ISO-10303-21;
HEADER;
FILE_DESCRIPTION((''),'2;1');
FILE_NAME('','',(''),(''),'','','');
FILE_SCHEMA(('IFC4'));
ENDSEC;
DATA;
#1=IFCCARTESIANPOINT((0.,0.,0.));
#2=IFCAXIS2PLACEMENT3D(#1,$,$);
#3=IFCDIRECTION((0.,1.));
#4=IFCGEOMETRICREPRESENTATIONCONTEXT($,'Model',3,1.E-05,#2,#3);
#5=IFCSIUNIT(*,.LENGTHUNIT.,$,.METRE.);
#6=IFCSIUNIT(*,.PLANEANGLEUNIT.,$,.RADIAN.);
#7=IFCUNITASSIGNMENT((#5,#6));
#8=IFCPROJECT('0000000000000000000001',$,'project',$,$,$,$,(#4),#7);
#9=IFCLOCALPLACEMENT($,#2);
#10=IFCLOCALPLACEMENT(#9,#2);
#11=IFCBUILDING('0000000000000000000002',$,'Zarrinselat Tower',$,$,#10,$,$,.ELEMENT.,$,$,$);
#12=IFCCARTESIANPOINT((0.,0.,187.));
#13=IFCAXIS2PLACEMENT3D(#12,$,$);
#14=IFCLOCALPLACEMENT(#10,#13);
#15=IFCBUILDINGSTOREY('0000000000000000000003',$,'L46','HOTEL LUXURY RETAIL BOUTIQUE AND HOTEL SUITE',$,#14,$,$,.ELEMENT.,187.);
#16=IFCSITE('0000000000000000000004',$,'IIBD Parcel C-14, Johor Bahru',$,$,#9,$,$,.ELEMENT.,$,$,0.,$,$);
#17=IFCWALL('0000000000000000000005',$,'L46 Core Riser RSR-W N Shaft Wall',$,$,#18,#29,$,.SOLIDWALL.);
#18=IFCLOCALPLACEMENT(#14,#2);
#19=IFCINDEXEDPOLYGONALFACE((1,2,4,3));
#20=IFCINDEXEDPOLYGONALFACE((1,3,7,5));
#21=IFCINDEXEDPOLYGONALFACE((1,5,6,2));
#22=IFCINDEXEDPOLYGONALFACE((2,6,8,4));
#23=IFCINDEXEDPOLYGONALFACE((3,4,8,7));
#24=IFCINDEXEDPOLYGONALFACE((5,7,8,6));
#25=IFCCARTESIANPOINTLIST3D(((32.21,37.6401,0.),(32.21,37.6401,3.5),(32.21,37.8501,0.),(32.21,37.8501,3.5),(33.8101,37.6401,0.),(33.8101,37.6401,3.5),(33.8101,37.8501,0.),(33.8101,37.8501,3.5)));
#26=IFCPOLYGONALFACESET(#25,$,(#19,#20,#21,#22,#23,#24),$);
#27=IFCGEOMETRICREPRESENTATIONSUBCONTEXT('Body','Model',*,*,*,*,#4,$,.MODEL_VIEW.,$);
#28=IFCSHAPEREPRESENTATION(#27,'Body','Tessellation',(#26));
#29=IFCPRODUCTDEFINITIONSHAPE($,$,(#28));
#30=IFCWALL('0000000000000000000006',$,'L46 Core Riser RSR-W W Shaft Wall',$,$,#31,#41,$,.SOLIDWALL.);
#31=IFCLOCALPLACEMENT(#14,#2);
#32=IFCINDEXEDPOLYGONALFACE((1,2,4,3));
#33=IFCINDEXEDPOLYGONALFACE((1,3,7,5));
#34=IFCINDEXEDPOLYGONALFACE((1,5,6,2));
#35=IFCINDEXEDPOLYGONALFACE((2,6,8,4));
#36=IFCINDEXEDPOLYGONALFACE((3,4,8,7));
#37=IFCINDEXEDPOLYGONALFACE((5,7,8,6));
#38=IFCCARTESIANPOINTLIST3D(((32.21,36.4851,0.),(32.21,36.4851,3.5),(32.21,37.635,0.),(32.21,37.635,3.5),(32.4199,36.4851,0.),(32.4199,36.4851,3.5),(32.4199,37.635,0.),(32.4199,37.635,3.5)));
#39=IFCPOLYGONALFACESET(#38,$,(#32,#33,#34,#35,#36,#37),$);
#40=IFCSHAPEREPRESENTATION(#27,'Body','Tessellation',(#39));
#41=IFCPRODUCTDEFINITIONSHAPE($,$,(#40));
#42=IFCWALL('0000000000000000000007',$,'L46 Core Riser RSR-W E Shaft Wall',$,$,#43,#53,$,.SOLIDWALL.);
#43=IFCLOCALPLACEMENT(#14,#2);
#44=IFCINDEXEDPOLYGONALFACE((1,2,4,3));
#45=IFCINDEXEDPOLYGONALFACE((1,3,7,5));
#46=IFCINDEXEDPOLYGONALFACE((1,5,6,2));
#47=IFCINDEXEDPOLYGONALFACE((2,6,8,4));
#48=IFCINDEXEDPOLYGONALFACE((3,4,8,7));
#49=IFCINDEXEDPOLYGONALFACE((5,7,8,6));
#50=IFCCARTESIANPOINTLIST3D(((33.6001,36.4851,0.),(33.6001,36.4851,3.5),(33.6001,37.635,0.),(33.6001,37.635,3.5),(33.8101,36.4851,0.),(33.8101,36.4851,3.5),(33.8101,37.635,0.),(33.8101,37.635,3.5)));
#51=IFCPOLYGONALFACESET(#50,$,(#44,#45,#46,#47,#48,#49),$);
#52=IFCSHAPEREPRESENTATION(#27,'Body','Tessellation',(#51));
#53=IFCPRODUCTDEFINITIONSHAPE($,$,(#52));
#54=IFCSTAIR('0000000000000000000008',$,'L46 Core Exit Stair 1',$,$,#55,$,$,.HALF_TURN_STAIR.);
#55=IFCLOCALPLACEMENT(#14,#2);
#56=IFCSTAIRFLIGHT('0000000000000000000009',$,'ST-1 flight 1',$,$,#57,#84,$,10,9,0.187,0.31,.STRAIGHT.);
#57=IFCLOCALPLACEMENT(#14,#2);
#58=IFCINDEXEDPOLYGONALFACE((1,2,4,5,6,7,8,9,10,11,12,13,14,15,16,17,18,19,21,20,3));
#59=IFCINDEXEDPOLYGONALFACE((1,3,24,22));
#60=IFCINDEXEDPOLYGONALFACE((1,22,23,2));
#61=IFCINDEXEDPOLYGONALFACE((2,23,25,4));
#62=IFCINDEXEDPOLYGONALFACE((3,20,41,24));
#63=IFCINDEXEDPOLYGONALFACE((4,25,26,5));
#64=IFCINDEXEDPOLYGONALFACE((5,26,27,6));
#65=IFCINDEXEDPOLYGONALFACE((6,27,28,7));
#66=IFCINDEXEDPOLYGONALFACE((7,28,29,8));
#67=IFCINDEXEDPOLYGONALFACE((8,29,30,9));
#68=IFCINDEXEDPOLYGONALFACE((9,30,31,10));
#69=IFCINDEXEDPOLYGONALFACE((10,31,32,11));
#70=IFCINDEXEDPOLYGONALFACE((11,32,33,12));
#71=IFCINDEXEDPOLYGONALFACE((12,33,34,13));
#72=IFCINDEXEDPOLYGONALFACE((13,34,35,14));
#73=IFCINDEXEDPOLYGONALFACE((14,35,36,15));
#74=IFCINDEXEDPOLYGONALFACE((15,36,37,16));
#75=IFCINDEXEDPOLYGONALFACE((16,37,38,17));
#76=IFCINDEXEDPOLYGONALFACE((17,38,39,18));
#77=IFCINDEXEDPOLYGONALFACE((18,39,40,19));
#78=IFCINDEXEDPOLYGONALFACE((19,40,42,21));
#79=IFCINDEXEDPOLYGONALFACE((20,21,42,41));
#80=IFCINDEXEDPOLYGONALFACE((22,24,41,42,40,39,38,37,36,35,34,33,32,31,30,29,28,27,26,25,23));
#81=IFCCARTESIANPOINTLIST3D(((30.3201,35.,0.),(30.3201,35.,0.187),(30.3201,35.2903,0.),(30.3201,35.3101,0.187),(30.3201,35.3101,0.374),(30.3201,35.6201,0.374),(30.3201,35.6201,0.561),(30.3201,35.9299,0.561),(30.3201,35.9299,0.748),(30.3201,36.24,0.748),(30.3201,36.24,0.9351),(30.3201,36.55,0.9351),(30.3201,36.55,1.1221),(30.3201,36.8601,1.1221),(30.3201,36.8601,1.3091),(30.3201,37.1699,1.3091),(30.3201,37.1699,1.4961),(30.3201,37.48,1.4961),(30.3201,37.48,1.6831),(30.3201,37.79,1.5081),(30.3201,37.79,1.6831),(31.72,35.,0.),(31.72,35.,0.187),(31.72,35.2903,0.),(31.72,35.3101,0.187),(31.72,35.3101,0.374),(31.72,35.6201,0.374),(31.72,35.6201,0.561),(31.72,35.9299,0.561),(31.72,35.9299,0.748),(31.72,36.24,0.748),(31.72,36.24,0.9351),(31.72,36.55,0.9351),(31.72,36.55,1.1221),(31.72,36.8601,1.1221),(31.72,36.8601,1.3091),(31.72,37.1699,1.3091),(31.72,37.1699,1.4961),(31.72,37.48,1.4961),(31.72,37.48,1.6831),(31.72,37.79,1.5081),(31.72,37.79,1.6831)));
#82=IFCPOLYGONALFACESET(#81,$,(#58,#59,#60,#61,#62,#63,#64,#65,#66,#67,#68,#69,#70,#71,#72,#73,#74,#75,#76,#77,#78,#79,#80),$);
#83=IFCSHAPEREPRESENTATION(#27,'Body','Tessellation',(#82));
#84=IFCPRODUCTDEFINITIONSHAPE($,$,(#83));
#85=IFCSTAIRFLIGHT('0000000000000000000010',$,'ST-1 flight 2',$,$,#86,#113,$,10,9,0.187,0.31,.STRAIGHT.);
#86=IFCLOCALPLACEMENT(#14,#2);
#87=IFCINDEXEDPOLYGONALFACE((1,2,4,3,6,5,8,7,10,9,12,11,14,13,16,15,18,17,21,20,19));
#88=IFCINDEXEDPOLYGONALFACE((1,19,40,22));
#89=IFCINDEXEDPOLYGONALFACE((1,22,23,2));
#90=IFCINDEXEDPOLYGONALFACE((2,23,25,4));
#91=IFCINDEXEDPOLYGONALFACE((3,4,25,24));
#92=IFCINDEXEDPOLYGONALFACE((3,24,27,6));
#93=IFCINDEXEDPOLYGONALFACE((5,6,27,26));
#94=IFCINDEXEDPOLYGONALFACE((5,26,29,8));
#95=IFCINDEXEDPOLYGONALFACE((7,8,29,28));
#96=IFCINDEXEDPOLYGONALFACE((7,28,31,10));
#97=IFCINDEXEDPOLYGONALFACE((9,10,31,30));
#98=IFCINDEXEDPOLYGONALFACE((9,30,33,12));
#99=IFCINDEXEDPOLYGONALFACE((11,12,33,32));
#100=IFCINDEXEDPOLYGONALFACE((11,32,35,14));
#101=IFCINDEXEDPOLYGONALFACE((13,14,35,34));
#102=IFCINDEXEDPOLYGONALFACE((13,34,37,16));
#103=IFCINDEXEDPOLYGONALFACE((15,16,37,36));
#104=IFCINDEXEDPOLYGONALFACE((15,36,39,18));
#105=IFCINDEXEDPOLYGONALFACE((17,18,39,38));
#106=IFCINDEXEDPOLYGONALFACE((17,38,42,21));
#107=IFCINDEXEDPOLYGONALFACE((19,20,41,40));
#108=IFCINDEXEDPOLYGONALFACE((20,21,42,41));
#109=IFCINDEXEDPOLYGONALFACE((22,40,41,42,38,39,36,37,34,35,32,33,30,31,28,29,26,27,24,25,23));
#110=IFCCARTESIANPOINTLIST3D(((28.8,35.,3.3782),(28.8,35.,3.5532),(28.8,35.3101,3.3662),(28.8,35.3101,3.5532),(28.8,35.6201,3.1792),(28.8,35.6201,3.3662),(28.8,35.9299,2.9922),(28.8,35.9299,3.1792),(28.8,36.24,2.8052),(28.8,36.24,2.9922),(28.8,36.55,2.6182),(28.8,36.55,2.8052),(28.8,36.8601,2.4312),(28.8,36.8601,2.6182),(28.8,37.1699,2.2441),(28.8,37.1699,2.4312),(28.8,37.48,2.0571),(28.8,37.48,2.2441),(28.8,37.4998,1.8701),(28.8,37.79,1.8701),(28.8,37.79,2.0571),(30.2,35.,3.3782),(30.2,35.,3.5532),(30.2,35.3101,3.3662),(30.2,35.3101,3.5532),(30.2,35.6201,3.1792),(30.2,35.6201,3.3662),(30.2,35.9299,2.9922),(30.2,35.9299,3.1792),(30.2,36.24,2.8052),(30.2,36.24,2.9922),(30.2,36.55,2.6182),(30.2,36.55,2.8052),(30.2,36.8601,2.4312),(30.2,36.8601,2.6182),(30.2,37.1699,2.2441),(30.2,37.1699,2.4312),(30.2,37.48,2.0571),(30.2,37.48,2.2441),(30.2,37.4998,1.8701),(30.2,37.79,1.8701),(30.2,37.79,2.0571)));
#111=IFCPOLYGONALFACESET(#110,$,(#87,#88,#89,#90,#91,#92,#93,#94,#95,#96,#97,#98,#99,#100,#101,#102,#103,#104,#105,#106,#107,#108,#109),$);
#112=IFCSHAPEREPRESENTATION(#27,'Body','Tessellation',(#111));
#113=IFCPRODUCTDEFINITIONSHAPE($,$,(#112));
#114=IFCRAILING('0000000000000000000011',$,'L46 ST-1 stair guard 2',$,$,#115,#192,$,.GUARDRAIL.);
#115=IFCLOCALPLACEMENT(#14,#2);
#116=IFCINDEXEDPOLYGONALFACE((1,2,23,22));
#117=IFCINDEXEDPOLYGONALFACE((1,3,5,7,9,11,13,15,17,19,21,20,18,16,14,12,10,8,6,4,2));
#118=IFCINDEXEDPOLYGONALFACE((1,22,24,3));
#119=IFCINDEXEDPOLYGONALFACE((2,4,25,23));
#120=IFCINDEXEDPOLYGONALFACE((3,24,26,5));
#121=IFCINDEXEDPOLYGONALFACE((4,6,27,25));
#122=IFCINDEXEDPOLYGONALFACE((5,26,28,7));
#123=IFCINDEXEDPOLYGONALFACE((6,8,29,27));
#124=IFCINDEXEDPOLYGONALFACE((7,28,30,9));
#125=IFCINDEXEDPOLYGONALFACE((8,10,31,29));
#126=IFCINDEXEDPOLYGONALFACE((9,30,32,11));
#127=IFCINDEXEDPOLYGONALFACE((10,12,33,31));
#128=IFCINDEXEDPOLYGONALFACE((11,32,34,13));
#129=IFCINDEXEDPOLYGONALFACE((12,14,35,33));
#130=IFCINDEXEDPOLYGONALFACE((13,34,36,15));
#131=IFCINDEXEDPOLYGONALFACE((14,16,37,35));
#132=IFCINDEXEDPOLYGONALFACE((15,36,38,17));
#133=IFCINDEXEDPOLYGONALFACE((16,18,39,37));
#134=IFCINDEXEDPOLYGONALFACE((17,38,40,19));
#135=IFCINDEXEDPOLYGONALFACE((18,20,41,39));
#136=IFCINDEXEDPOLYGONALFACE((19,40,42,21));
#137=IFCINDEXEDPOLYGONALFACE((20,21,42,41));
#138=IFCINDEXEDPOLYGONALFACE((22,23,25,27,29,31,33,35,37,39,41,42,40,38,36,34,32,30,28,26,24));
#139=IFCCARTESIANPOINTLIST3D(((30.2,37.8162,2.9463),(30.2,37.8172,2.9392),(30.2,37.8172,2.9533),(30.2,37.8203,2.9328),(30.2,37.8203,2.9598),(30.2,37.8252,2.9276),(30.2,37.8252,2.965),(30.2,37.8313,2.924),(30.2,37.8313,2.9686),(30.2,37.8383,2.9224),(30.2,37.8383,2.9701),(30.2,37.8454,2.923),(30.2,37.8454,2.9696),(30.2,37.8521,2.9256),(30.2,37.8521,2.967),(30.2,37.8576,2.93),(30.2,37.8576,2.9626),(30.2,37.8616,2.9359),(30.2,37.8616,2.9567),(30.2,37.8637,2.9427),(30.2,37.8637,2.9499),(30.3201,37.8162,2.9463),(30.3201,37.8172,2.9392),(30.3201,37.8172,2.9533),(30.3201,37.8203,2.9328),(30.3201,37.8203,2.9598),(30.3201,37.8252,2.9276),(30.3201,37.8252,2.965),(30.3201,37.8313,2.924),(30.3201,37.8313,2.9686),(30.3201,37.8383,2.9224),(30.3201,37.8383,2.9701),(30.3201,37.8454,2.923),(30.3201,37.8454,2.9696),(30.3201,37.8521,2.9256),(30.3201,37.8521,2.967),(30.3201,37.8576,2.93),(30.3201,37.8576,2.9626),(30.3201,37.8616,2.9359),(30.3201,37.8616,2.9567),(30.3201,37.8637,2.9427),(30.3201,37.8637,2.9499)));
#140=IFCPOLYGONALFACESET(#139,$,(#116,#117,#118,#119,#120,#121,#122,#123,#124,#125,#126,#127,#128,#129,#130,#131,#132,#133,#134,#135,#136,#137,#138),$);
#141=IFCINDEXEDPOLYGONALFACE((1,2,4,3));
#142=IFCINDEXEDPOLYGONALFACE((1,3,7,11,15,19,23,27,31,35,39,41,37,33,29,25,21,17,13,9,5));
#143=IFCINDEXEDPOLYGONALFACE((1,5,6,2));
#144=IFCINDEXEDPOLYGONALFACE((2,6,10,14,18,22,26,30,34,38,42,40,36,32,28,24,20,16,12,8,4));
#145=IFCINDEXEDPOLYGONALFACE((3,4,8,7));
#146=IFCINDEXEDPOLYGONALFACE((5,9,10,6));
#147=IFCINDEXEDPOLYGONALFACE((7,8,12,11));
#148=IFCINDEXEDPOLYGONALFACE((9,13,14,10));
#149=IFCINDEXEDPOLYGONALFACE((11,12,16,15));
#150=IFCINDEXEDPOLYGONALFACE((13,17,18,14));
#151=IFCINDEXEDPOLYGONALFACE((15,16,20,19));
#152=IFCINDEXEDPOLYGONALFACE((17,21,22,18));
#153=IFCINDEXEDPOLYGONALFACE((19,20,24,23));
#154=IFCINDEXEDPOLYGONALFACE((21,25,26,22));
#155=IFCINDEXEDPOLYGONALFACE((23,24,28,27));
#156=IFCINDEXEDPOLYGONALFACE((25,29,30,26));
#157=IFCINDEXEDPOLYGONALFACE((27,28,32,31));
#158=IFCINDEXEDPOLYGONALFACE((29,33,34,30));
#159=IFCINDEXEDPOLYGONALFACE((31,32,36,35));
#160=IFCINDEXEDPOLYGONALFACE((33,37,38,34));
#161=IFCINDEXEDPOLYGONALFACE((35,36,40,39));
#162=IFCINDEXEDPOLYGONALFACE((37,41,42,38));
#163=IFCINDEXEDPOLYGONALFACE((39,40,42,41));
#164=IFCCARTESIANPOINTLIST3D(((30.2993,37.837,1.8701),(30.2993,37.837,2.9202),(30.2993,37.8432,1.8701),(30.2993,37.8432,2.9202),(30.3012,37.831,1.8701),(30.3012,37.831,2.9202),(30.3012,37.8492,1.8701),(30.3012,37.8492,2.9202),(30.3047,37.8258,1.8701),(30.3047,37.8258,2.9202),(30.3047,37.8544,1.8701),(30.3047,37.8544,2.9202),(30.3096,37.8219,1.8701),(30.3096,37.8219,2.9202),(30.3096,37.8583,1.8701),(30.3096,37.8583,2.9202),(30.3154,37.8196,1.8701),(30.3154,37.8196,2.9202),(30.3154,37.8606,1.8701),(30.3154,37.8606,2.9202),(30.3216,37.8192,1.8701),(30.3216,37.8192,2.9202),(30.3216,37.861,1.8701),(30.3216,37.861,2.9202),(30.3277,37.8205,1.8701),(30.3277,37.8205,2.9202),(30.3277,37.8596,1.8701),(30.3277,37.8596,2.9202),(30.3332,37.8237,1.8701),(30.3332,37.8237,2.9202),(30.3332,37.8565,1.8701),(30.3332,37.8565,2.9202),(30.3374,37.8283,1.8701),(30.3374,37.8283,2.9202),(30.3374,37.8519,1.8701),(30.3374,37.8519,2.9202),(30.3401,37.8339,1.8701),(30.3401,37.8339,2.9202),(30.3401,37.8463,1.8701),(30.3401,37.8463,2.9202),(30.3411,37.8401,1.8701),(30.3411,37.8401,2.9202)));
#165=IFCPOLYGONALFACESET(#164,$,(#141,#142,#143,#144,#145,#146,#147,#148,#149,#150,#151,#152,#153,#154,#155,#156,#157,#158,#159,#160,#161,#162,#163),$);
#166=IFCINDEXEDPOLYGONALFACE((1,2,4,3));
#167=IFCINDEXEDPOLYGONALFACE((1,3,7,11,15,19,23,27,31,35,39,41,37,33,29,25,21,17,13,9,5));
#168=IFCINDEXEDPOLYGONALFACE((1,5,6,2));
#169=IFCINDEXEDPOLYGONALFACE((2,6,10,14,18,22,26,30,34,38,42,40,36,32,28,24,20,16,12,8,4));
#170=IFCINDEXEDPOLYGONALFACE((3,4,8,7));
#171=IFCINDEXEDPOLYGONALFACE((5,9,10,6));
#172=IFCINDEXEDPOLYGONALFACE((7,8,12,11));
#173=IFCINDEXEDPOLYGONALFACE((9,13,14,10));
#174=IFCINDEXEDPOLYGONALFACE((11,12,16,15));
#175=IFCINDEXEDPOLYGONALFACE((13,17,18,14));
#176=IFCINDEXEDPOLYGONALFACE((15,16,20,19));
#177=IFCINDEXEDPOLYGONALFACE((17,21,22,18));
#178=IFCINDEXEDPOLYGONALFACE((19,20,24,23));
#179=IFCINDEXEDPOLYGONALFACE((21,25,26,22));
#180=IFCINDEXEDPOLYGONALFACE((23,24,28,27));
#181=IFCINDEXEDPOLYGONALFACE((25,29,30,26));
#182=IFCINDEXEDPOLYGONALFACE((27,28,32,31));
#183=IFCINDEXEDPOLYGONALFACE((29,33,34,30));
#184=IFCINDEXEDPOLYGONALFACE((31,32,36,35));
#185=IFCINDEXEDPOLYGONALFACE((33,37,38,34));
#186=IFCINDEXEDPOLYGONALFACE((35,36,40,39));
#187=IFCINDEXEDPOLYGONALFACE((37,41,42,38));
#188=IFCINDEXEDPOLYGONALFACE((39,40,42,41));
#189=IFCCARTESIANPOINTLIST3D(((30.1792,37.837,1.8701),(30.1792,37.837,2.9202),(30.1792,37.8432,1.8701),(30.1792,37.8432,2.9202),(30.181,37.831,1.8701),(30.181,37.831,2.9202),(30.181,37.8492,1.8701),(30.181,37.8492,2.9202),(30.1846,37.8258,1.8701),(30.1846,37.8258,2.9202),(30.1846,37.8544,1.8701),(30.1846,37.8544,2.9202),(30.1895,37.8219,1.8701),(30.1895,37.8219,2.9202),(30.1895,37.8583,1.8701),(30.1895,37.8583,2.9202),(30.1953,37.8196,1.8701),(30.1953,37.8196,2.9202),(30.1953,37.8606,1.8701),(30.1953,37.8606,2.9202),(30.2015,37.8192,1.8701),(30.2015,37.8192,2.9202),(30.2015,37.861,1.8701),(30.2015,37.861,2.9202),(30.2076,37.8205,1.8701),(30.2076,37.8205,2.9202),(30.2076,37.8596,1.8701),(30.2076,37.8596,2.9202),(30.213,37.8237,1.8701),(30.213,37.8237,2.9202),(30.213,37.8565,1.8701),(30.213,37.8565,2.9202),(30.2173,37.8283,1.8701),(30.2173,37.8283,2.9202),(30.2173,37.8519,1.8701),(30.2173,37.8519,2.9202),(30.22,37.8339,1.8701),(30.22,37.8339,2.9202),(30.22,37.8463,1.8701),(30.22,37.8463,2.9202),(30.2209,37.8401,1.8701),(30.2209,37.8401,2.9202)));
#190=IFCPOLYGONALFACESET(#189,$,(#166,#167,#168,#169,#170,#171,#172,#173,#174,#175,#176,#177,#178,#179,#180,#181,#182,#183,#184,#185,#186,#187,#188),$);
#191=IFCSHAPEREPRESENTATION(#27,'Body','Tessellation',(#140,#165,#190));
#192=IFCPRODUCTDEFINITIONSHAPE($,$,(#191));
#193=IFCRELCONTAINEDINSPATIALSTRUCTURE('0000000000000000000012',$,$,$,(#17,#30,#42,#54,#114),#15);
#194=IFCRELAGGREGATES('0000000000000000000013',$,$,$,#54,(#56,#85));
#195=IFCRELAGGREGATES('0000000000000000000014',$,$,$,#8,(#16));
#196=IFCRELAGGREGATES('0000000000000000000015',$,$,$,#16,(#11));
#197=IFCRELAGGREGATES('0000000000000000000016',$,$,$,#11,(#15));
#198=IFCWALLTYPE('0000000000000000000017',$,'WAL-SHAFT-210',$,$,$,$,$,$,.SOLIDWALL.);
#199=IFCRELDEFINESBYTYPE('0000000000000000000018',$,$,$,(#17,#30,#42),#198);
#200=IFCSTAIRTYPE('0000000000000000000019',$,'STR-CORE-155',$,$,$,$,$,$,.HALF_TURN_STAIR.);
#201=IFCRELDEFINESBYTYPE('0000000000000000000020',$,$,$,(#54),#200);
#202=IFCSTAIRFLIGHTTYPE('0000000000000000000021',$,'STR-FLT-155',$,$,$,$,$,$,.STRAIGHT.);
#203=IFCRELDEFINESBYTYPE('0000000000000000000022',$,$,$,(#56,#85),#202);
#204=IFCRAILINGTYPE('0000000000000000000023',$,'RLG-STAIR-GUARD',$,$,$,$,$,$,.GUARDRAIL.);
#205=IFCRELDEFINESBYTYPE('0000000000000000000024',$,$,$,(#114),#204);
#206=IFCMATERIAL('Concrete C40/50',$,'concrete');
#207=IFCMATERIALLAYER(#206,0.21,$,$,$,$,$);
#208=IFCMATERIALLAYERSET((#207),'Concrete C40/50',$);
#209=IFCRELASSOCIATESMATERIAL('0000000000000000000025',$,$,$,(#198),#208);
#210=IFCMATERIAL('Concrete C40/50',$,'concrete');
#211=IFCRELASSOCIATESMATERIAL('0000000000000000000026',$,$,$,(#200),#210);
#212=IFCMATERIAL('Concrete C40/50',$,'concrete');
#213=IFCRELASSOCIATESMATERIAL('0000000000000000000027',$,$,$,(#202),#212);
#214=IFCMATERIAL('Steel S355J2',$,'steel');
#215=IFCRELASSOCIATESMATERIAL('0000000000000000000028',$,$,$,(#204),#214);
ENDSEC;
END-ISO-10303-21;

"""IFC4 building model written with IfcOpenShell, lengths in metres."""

from ifc_helpers import new_model, si_unit, direction, frame, frame_2d, origin, origin_2d, place, context, subcontext, project, spatial, polyline, rectangle, circle, outline, extrude, material, layer, layer_set, type_object, element, aggregate, save


model = new_model("IFC4")

# Units and contexts
model_context = context("Model", 3, precision=1e-05, world=origin(), true_north=direction((0.0, 1.0)))
body_context = subcontext(model_context, "Body", "Model", "MODEL_VIEW")
ifc_project = project(units=[si_unit("LENGTHUNIT", "METRE"), si_unit("PLANEANGLEUNIT", "RADIAN")], contexts=[model_context])

# Site, building, storey
site_placement = place(None, origin())
site = spatial("IfcSite", under=ifc_project, at=site_placement, Name="IIBD Parcel C-14, Johor Bahru", CompositionType="ELEMENT", RefElevation=0.0)
building_placement = place(site_placement, origin())
building = spatial("IfcBuilding", under=site, at=building_placement, Name="Zarrinselat Tower", CompositionType="ELEMENT")
storey_placement = place(building_placement, frame((0.0, 0.0, 187.0)))
storey = spatial("IfcBuildingStorey", under=building, at=storey_placement, Name="L46", Description="HOTEL LUXURY RETAIL BOUTIQUE AND HOTEL SUITE", CompositionType="ELEMENT", Elevation=187.0)

# Shared definitions
ifc_material_1 = material(Name="Concrete C40/50", Category="concrete")
ifc_layer_1 = layer(ifc_material_1, 0.21)
ifc_layer_set_1 = layer_set([ifc_layer_1], Name="Concrete C40/50")
wall_type_1 = type_object("IfcWallType", Name="WAL-SHAFT-210", PredefinedType="SOLIDWALL", material=ifc_layer_set_1)

# Walls
for number, where, z_axis, x_axis, name in (
    (1, (32.21, 37.7451, 0.0), (0.0, 0.0, 1.0), (1.0, 0.0, 0.0), "L46 Core Riser RSR-W N Shaft Wall"),
):
    element("IfcWall", number, at=place(storey_placement, frame(where, z_axis=z_axis, x_axis=x_axis)), inside=storey, type_object=wall_type_1, Name=name, PredefinedType="SOLIDWALL", context=body_context, shape_type="SweptSolid", body=[
        extrude(rectangle(XDim=1.6001, YDim=0.21, at=frame_2d((0.8, 0.0))), origin(), (0.0, 0.0, 1.0), 3.5),
    ])
for number, where, z_axis, x_axis, name in (
    (2, (32.3149, 36.4851, 0.0), (0.0, 0.0, 1.0), (0.0, 1.0, 0.0), "L46 Core Riser RSR-W W Shaft Wall"),
    (3, (33.7051, 36.4851, 0.0), (0.0, 0.0, 1.0), (0.0, 1.0, 0.0), "L46 Core Riser RSR-W E Shaft Wall"),
):
    element("IfcWall", number, at=place(storey_placement, frame(where, z_axis=z_axis, x_axis=x_axis)), inside=storey, type_object=wall_type_1, Name=name, PredefinedType="SOLIDWALL", context=body_context, shape_type="SweptSolid", body=[
        extrude(rectangle(XDim=1.1499, YDim=0.21, at=frame_2d((0.575, 0.0))), origin(), (0.0, 0.0, 1.0), 3.5),
    ])

# Stair, stair flights
ifc_material_2 = material(Name="Concrete C40/50", Category="concrete")
stair_type = type_object("IfcStairType", Name="STR-CORE-155", PredefinedType="HALF_TURN_STAIR", material=ifc_material_2)
stair_placement = place(storey_placement, origin())
stair = element("IfcStair", 4, at=stair_placement, inside=storey, type_object=stair_type, Name="L46 Core Exit Stair 1", PredefinedType="HALF_TURN_STAIR")
ifc_material_3 = material(Name="Concrete C40/50", Category="concrete")
stair_flight_type = type_object("IfcStairFlightType", Name="STR-FLT-155", PredefinedType="STRAIGHT", material=ifc_material_3)
stair_flight_1_placement = place(storey_placement, frame((31.02, 35.0, 0.0), z_axis=(0.0, 0.0, 1.0), x_axis=(0.0, 1.0, 0.0)))
stair_flight_1 = element("IfcStairFlight", 5, at=stair_flight_1_placement, type_object=stair_flight_type, Name="ST-1 flight 1", NumberOfRisers=10, NumberOfTreads=9, PredefinedType="STRAIGHT", RiserHeight=0.187, TreadLength=0.31, context=body_context, shape_type="SweptSolid", body=[
    extrude(outline(polyline([(0.0, 0.0), (0.0, 0.187), (0.3101, 0.187), (0.3101, 0.374), (0.6201, 0.374), (0.6201, 0.561), (0.9299, 0.561), (0.9299, 0.748), (1.24, 0.748), (1.24, 0.9351), (1.55, 0.9351), (1.55, 1.1221), (1.8601, 1.1221), (1.8601, 1.3091), (2.1699, 1.3091), (2.1699, 1.4961), (2.48, 1.4961), (2.48, 1.6831), (2.79, 1.6831), (2.79, 1.8701), (2.79, 1.5081), (0.2903, 0.0), (0.0, 0.0)])), frame((0.0, 0.7, 0.0), z_axis=(0.0, -1.0, 0.0), x_axis=(1.0, 0.0, 0.0)), (0.0, 0.0, 1.0), 1.3999),
])
stair_flight_2_placement = place(storey_placement, frame((29.5, 37.79, 1.8701), z_axis=(0.0, 0.0, 1.0), x_axis=(0.0, -1.0, 0.0)))
stair_flight_2 = element("IfcStairFlight", 6, at=stair_flight_2_placement, type_object=stair_flight_type, Name="ST-1 flight 2", NumberOfRisers=10, NumberOfTreads=9, PredefinedType="STRAIGHT", RiserHeight=0.187, TreadLength=0.31, context=body_context, shape_type="SweptSolid", body=[
    extrude(outline(polyline([(0.0, 0.0), (0.0, 0.187), (0.3101, 0.187), (0.3101, 0.374), (0.6201, 0.374), (0.6201, 0.561), (0.9299, 0.561), (0.9299, 0.748), (1.24, 0.748), (1.24, 0.9351), (1.55, 0.9351), (1.55, 1.1221), (1.8601, 1.1221), (1.8601, 1.3091), (2.1699, 1.3091), (2.1699, 1.4961), (2.48, 1.4961), (2.48, 1.6831), (2.79, 1.6831), (2.79, 1.8701), (2.79, 1.5081), (0.2903, 0.0), (0.0, 0.0)])), frame((0.0, 0.7, 0.0), z_axis=(0.0, -1.0, 0.0), x_axis=(1.0, 0.0, 0.0)), (0.0, 0.0, 1.0), 1.3999),
])
aggregate(stair, [stair_flight_1, stair_flight_2])

# Railing
ifc_material_4 = material(Name="Steel S355J2", Category="steel")
railing_type_1 = type_object("IfcRailingType", Name="RLG-STAIR-GUARD", PredefinedType="GUARDRAIL", material=ifc_material_4)
railing_1_placement = place(storey_placement, frame((30.3201, 37.8401, 1.8701)))
element("IfcRailing", 7, at=railing_1_placement, inside=storey, type_object=railing_type_1, Name="L46 ST-1 stair guard 2", PredefinedType="GUARDRAIL", context=body_context, shape_type="SweptSolid", body=[
    extrude(circle(Radius=0.0239, at=origin_2d()), frame((0.0, 0.0, 1.0762), z_axis=(-1.0, 0.0, 0.0), x_axis=(0.0, -1.0, 0.0)), (0.0, 0.0, 1.0), 0.1201),
    extrude(circle(Radius=0.021, at=origin_2d()), origin(), (0.0, 0.0, 1.0), 1.05),
    extrude(circle(Radius=0.021, at=origin_2d()), frame((-0.1201, 0.0, 0.0)), (0.0, 0.0, 1.0), 1.05),
])

save(model, "model.ifc")
